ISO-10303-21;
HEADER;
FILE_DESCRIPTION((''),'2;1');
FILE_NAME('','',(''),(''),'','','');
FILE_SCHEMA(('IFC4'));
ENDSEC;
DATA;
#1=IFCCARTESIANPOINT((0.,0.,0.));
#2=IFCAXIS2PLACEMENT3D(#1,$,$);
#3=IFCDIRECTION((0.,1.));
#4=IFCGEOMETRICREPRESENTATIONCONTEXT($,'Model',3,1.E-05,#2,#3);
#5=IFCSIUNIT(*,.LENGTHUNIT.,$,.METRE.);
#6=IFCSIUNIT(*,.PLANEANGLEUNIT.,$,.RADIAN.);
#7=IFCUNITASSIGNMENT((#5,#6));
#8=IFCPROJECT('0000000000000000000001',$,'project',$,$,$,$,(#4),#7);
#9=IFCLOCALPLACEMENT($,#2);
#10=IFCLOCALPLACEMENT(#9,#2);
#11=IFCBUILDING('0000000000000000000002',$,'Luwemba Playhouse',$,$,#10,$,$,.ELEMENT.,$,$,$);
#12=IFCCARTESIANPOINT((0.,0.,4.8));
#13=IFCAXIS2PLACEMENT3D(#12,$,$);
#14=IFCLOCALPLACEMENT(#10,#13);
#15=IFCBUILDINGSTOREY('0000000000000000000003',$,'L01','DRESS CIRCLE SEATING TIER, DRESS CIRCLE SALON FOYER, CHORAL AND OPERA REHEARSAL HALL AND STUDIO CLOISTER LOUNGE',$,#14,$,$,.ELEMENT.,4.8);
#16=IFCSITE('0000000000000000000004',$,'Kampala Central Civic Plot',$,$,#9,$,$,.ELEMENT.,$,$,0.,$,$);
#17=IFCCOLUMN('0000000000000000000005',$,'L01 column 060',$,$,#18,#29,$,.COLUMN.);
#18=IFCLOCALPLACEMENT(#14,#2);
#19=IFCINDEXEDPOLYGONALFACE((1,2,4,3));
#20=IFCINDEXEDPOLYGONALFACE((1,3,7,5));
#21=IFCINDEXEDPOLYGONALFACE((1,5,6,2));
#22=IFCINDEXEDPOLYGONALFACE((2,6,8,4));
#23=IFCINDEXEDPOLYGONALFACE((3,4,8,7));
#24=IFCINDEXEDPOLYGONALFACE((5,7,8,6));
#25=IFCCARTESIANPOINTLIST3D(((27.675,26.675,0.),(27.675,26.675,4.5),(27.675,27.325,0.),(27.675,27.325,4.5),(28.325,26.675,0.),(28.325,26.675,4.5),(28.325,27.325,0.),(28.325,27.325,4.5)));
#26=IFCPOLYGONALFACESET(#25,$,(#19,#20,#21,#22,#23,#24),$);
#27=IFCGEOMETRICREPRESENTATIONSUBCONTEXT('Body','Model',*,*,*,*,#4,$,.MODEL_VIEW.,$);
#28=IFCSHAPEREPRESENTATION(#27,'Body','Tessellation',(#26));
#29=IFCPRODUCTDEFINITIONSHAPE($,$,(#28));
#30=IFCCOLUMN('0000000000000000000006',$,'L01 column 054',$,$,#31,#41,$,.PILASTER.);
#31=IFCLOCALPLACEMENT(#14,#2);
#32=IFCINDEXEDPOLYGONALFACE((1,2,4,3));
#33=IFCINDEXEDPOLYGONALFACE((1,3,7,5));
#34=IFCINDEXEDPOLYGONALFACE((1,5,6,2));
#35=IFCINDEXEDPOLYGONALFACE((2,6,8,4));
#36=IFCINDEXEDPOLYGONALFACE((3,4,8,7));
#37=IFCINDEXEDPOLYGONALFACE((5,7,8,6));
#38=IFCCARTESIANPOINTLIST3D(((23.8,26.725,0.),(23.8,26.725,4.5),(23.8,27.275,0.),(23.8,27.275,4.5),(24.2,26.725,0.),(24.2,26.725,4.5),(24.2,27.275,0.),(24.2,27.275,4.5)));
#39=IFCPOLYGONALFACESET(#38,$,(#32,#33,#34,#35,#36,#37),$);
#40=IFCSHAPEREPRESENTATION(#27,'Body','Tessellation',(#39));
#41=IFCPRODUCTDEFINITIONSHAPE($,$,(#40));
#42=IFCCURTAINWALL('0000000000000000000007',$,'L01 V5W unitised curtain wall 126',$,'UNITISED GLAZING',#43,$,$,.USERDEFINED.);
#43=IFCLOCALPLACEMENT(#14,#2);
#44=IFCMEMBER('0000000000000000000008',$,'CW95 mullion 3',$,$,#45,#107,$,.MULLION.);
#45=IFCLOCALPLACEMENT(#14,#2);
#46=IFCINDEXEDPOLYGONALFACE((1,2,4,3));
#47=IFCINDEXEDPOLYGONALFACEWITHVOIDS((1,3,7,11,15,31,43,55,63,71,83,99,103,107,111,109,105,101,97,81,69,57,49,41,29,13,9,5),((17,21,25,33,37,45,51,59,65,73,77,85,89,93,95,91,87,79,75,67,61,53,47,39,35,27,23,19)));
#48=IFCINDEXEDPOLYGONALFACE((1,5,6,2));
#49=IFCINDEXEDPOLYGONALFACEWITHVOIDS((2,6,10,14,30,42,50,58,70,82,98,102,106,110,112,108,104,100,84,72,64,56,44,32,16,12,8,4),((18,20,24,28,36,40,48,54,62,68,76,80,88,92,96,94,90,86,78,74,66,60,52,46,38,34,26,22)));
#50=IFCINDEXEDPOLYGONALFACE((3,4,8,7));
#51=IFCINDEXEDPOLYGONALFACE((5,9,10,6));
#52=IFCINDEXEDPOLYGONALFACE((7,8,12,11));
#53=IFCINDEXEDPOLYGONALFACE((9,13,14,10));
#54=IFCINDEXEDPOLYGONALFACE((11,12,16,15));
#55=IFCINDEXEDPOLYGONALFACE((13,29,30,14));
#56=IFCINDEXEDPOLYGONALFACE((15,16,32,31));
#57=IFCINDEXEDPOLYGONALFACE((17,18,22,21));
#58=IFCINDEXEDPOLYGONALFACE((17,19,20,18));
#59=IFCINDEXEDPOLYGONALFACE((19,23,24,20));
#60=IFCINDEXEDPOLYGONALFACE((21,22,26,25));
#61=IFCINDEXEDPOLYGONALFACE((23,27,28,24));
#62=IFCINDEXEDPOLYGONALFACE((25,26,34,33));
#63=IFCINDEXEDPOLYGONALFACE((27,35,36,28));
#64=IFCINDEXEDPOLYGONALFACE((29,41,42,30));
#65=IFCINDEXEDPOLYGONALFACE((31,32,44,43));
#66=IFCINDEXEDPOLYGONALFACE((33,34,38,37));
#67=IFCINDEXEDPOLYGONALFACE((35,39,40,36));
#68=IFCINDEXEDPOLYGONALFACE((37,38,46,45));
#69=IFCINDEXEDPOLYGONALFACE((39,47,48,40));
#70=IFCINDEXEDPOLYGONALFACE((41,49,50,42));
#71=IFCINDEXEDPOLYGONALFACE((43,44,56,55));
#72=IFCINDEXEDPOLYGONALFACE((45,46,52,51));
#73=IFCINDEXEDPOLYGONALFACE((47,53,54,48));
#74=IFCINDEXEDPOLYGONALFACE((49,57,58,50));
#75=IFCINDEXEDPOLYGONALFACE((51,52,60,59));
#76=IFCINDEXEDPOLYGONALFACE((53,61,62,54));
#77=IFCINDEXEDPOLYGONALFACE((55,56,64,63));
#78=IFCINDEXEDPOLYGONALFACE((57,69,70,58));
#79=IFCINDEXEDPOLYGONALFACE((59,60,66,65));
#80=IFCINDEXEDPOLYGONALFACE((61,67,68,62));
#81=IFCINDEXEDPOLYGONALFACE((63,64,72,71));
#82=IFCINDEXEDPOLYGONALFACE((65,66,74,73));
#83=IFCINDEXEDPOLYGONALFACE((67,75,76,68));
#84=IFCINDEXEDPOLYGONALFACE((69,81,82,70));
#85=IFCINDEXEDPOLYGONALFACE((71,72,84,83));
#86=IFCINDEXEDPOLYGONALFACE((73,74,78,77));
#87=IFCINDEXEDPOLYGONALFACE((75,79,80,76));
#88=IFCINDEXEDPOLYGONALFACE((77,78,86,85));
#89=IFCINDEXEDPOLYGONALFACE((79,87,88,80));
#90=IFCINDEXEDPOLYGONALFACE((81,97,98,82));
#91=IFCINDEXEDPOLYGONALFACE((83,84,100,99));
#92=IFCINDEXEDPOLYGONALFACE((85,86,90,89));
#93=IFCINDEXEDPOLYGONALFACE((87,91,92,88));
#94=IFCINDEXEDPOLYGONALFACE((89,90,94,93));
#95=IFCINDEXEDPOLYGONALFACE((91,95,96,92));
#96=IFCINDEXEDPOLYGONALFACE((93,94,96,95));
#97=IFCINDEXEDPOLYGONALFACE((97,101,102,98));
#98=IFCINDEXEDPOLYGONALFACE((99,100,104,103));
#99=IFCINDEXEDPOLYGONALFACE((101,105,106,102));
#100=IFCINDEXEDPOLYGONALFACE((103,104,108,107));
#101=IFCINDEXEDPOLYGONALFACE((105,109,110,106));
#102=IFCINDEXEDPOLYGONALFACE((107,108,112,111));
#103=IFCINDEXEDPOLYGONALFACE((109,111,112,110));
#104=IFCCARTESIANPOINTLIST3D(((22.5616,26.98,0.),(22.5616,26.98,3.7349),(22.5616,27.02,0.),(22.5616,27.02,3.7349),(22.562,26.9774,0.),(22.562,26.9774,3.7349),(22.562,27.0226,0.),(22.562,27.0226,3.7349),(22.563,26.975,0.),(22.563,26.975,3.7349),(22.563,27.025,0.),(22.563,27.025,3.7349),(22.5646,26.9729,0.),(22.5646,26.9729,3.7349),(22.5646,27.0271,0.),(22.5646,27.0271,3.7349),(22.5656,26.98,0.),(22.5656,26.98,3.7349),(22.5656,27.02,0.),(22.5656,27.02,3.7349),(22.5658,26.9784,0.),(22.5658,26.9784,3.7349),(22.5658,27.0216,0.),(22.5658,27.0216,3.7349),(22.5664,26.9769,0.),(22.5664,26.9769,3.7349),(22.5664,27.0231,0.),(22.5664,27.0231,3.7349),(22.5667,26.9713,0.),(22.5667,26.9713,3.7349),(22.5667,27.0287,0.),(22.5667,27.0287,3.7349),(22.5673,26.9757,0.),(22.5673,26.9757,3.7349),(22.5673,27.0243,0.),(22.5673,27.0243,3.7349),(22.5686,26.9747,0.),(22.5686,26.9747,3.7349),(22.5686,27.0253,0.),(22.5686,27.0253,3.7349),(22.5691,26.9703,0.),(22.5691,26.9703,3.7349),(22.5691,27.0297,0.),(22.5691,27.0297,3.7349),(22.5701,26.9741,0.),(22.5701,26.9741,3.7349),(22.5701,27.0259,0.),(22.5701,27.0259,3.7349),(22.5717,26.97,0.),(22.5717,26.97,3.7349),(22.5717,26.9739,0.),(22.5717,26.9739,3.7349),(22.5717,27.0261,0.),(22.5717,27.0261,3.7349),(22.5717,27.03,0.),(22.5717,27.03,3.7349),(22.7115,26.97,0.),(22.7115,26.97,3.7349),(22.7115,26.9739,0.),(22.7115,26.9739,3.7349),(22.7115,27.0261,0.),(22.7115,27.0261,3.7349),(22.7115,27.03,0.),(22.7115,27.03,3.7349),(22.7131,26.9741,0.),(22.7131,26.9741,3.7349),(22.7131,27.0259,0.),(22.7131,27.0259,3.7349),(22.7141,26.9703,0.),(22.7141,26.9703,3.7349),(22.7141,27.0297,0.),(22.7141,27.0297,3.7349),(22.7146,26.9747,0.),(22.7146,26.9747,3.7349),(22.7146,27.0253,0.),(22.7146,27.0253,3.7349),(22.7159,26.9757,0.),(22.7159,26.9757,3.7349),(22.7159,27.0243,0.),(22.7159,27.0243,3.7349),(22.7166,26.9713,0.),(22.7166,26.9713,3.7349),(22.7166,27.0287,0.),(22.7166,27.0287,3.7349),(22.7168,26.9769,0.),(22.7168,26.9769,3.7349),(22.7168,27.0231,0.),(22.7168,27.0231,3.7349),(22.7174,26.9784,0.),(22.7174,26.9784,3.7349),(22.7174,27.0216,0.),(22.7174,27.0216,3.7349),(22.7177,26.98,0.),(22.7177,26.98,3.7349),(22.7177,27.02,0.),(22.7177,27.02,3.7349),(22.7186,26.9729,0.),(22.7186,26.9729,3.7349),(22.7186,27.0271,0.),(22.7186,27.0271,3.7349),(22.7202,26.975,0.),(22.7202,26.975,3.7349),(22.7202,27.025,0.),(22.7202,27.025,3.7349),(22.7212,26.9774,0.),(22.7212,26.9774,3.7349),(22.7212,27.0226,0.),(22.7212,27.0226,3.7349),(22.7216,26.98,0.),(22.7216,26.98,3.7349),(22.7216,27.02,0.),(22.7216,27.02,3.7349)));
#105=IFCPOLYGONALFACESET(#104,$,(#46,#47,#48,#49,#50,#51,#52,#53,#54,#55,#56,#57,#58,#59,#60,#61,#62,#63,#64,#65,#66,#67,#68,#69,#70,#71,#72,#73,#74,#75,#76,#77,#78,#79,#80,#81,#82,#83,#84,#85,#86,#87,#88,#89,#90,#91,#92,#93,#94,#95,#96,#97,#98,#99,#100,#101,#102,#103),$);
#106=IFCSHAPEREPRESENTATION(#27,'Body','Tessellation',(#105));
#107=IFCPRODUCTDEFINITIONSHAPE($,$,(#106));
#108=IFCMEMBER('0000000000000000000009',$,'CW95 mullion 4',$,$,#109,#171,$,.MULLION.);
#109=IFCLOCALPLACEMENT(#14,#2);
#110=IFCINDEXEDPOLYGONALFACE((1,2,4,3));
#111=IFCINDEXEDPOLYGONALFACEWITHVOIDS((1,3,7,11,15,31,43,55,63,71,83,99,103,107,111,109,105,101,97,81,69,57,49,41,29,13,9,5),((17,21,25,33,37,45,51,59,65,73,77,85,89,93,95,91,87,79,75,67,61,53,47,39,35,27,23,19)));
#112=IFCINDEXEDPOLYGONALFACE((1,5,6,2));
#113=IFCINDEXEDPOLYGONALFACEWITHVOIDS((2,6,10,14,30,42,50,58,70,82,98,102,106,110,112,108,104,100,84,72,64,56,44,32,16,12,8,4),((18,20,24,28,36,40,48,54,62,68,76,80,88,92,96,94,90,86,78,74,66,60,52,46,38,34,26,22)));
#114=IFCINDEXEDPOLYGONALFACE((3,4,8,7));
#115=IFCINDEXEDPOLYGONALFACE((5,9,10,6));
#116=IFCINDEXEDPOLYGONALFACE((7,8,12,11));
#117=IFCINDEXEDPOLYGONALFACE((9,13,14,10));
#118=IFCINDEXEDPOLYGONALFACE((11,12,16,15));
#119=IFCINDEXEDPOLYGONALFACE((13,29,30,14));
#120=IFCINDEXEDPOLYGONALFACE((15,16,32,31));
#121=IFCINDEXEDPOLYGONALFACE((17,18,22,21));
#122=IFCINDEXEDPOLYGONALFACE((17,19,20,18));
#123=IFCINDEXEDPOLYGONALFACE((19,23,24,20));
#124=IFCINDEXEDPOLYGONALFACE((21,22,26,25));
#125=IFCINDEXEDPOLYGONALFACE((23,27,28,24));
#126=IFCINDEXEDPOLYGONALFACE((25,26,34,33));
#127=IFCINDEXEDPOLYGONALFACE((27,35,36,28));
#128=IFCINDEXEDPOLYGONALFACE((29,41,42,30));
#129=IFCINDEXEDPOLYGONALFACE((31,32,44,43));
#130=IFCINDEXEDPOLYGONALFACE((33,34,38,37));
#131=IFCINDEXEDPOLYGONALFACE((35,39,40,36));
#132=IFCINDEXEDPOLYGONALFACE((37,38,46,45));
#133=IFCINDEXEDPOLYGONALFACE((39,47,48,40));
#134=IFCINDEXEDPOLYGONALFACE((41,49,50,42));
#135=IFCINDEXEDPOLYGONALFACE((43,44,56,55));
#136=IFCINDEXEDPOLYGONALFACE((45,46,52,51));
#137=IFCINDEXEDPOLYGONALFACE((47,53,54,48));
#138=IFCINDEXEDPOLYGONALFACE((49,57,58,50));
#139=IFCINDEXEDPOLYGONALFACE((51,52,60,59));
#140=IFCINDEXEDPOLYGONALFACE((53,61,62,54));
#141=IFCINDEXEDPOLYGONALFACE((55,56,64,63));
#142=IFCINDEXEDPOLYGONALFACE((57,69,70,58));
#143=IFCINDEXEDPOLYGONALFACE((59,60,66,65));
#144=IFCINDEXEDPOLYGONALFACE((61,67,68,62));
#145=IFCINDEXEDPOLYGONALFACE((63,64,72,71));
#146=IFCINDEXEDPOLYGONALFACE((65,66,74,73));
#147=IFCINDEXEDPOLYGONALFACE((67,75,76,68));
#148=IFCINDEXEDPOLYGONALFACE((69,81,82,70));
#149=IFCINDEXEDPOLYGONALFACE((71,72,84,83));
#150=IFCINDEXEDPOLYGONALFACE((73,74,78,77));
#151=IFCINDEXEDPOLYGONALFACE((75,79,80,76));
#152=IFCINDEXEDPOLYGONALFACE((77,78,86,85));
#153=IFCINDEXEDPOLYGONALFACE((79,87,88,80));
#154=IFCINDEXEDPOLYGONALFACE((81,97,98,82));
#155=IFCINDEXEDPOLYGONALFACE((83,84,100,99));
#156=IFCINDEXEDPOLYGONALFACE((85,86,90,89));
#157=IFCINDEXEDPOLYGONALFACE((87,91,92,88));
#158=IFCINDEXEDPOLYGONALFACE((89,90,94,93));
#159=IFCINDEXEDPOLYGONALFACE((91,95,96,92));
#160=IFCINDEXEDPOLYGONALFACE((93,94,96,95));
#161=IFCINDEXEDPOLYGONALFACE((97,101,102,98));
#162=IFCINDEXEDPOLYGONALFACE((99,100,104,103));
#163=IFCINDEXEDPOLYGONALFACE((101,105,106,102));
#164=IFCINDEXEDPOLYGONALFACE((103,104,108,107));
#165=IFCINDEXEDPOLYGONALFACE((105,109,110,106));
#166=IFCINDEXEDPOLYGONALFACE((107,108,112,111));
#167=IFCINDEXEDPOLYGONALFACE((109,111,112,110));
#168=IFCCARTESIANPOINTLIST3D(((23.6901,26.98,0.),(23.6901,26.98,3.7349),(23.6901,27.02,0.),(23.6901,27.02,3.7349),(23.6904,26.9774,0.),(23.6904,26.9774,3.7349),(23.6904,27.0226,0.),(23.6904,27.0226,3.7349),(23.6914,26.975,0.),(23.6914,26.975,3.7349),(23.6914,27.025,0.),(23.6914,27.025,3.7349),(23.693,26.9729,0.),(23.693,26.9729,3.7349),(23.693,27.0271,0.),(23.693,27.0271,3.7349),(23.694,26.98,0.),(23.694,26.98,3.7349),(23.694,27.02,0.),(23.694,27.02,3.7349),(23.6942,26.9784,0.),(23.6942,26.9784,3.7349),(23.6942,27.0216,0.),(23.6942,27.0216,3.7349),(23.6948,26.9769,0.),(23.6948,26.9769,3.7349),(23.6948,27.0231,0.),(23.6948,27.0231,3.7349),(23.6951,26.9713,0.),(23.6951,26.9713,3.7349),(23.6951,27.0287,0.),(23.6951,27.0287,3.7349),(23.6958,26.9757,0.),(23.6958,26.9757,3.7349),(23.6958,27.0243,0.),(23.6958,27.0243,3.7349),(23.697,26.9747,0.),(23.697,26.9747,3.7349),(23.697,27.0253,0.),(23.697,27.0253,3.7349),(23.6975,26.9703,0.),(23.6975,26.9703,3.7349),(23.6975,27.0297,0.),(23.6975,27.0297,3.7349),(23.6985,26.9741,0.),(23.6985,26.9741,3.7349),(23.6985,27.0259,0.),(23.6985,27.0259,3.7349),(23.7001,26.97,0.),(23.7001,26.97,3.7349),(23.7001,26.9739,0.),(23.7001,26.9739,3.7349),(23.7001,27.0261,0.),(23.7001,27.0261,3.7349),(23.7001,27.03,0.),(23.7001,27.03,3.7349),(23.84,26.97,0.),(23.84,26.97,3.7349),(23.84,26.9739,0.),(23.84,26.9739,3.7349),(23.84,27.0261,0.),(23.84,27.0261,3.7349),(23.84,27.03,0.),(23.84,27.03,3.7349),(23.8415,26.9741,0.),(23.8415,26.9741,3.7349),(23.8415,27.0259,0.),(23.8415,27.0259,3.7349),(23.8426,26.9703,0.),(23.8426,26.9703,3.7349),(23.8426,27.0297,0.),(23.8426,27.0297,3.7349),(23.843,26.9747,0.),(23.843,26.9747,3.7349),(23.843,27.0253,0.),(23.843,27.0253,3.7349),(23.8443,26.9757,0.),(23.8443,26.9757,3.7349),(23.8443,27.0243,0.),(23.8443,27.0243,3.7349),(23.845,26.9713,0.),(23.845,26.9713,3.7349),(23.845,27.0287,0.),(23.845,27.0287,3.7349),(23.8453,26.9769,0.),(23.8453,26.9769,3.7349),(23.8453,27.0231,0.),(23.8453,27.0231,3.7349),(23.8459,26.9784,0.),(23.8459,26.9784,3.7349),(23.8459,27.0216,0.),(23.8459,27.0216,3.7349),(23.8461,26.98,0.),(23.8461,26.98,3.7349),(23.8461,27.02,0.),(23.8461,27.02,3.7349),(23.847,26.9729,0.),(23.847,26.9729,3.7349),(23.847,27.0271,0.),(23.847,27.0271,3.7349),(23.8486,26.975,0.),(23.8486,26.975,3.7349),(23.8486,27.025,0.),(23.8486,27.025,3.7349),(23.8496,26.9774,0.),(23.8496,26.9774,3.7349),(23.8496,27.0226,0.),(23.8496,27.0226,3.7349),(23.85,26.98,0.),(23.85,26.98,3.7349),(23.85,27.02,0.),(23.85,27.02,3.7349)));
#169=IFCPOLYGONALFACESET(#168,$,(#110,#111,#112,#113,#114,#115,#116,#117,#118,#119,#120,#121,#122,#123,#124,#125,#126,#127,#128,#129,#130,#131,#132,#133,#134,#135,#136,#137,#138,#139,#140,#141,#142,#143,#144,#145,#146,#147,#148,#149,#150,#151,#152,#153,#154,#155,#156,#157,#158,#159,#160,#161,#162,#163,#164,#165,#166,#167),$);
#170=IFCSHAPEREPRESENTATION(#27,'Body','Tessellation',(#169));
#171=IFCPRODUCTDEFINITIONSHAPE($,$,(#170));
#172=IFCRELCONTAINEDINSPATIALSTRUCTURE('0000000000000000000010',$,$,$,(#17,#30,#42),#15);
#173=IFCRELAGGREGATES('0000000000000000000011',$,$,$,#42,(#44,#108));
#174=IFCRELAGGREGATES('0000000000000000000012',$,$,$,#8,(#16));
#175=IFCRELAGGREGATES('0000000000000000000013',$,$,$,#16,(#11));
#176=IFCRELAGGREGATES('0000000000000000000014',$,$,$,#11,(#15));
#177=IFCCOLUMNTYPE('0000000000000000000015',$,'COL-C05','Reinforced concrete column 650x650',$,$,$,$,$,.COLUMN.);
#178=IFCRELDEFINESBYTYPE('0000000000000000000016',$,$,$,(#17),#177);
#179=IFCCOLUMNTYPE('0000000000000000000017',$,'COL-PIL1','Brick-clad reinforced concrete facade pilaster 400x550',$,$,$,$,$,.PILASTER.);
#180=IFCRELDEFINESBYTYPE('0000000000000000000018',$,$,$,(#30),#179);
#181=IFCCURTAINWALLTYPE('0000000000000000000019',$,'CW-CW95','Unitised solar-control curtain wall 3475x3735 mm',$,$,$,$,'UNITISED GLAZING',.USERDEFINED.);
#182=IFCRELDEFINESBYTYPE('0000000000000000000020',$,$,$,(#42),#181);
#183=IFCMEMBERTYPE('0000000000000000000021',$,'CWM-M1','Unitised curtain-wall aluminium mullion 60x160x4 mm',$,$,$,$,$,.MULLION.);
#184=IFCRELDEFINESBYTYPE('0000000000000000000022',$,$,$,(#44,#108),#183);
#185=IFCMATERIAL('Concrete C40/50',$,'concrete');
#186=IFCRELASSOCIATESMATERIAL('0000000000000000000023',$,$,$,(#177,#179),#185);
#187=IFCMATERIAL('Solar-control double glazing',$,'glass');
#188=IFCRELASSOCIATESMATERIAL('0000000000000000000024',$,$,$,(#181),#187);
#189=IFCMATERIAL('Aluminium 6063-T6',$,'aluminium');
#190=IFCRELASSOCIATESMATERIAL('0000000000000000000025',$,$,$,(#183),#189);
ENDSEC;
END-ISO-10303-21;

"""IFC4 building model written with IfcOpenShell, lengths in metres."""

from ifc_helpers import new_model, si_unit, direction, frame, origin, origin_2d, place, context, subcontext, project, spatial, rectangle, hollow_rectangle, extrude, material, material_profile, profile_set, type_object, element, aggregate, save


model = new_model("IFC4")

# Units and contexts
model_context = context("Model", 3, precision=1e-05, world=origin(), true_north=direction((0.0, 1.0)))
body_context = subcontext(model_context, "Body", "Model", "MODEL_VIEW")
ifc_project = project(units=[si_unit("LENGTHUNIT", "METRE"), si_unit("PLANEANGLEUNIT", "RADIAN")], contexts=[model_context])

# Site, building, storey
site_placement = place(None, origin())
site = spatial("IfcSite", under=ifc_project, at=site_placement, Name="Kampala Central Civic Plot", CompositionType="ELEMENT", RefElevation=0.0)
building_placement = place(site_placement, origin())
building = spatial("IfcBuilding", under=site, at=building_placement, Name="Luwemba Playhouse", CompositionType="ELEMENT")
storey_placement = place(building_placement, frame((0.0, 0.0, 4.8)))
storey = spatial("IfcBuildingStorey", under=building, at=storey_placement, Name="L01", Description="DRESS CIRCLE SEATING TIER, DRESS CIRCLE SALON FOYER, CHORAL AND OPERA REHEARSAL HALL AND STUDIO CLOISTER LOUNGE", CompositionType="ELEMENT", Elevation=4.8)

# Columns
ifc_material_1 = material(Name="Concrete C40/50", Category="concrete")
ifc_material_profile_1 = material_profile(ifc_material_1, rectangle(XDim=0.6499, YDim=0.6499, at=origin_2d()))
ifc_profile_set_1 = profile_set([ifc_material_profile_1], Name="Concrete C40/50")
column_type_1 = type_object("IfcColumnType", Name="COL-C05", Description="Reinforced concrete column 650x650", PredefinedType="COLUMN", material=ifc_profile_set_1)
column_1_placement = place(storey_placement, frame((28.0, 27.0, 0.0), z_axis=(0.0, 0.0, 1.0), x_axis=(1.0, 0.0, 0.0)))
element("IfcColumn", 1, at=column_1_placement, inside=storey, type_object=column_type_1, Name="L01 column 060", PredefinedType="COLUMN", context=body_context, shape_type="SweptSolid", body=[
    extrude(rectangle(XDim=0.6499, YDim=0.6499, at=origin_2d()), origin(), (0.0, 0.0, 1.0), 4.5),
])
ifc_material_profile_2 = material_profile(ifc_material_1, rectangle(XDim=0.3999, YDim=0.55, at=origin_2d()))
ifc_profile_set_2 = profile_set([ifc_material_profile_2], Name="Concrete C40/50")
column_type_2 = type_object("IfcColumnType", Name="COL-PIL1", Description="Brick-clad reinforced concrete facade pilaster 400x550", PredefinedType="PILASTER", material=ifc_profile_set_2)
column_2_placement = place(storey_placement, frame((24.0, 27.0, 0.0), z_axis=(0.0, 0.0, 1.0), x_axis=(1.0, 0.0, 0.0)))
element("IfcColumn", 2, at=column_2_placement, inside=storey, type_object=column_type_2, Name="L01 column 054", PredefinedType="PILASTER", context=body_context, shape_type="SweptSolid", body=[
    extrude(rectangle(XDim=0.3999, YDim=0.55, at=origin_2d()), origin(), (0.0, 0.0, 1.0), 4.5),
])

# Curtain wall, members
ifc_material_2 = material(Name="Solar-control double glazing", Category="glass")
curtain_wall_type_1 = type_object("IfcCurtainWallType", Name="CW-CW95", Description="Unitised solar-control curtain wall 3475x3735 mm", ElementType="UNITISED GLAZING", PredefinedType="USERDEFINED", material=ifc_material_2)
curtain_wall_1_placement = place(storey_placement, origin())
curtain_wall_1 = element("IfcCurtainWall", 3, at=curtain_wall_1_placement, inside=storey, type_object=curtain_wall_type_1, Name="L01 V5W unitised curtain wall 126", ObjectType="UNITISED GLAZING", PredefinedType="USERDEFINED")
ifc_material_3 = material(Name="Aluminium 6063-T6", Category="aluminium")
ifc_material_profile_3 = material_profile(ifc_material_3, hollow_rectangle(XDim=0.0601, YDim=0.1599, WallThickness=0.0039, InnerFilletRadius=0.0061, OuterFilletRadius=0.01, at=origin_2d()))
ifc_profile_set_3 = profile_set([ifc_material_profile_3], Name="Aluminium 6063-T6")
member_type_1 = type_object("IfcMemberType", Name="CWM-M1", Description="Unitised curtain-wall aluminium mullion 60x160x4 mm", PredefinedType="MULLION", material=ifc_profile_set_3)
member_1_placement = place(storey_placement, frame((22.6416, 27.0, 0.0), z_axis=(0.0, 0.0, 1.0), x_axis=(0.0, 1.0, 0.0)))
member_1 = element("IfcMember", 4, at=member_1_placement, type_object=member_type_1, Name="CW95 mullion 3", PredefinedType="MULLION", context=body_context, shape_type="SweptSolid", body=[
    extrude(hollow_rectangle(XDim=0.0601, YDim=0.1599, WallThickness=0.0039, InnerFilletRadius=0.0061, OuterFilletRadius=0.01, at=origin_2d()), origin(), (0.0, 0.0, 1.0), 3.7349),
])
member_2_placement = place(storey_placement, frame((23.77, 27.0, 0.0), z_axis=(0.0, 0.0, 1.0), x_axis=(0.0, 1.0, 0.0)))
member_2 = element("IfcMember", 5, at=member_2_placement, type_object=member_type_1, Name="CW95 mullion 4", PredefinedType="MULLION", context=body_context, shape_type="SweptSolid", body=[
    extrude(hollow_rectangle(XDim=0.0601, YDim=0.1599, WallThickness=0.0039, InnerFilletRadius=0.0061, OuterFilletRadius=0.01, at=origin_2d()), origin(), (0.0, 0.0, 1.0), 3.7349),
])

aggregate(curtain_wall_1, [member_1, member_2])

save(model, "model.ifc")
